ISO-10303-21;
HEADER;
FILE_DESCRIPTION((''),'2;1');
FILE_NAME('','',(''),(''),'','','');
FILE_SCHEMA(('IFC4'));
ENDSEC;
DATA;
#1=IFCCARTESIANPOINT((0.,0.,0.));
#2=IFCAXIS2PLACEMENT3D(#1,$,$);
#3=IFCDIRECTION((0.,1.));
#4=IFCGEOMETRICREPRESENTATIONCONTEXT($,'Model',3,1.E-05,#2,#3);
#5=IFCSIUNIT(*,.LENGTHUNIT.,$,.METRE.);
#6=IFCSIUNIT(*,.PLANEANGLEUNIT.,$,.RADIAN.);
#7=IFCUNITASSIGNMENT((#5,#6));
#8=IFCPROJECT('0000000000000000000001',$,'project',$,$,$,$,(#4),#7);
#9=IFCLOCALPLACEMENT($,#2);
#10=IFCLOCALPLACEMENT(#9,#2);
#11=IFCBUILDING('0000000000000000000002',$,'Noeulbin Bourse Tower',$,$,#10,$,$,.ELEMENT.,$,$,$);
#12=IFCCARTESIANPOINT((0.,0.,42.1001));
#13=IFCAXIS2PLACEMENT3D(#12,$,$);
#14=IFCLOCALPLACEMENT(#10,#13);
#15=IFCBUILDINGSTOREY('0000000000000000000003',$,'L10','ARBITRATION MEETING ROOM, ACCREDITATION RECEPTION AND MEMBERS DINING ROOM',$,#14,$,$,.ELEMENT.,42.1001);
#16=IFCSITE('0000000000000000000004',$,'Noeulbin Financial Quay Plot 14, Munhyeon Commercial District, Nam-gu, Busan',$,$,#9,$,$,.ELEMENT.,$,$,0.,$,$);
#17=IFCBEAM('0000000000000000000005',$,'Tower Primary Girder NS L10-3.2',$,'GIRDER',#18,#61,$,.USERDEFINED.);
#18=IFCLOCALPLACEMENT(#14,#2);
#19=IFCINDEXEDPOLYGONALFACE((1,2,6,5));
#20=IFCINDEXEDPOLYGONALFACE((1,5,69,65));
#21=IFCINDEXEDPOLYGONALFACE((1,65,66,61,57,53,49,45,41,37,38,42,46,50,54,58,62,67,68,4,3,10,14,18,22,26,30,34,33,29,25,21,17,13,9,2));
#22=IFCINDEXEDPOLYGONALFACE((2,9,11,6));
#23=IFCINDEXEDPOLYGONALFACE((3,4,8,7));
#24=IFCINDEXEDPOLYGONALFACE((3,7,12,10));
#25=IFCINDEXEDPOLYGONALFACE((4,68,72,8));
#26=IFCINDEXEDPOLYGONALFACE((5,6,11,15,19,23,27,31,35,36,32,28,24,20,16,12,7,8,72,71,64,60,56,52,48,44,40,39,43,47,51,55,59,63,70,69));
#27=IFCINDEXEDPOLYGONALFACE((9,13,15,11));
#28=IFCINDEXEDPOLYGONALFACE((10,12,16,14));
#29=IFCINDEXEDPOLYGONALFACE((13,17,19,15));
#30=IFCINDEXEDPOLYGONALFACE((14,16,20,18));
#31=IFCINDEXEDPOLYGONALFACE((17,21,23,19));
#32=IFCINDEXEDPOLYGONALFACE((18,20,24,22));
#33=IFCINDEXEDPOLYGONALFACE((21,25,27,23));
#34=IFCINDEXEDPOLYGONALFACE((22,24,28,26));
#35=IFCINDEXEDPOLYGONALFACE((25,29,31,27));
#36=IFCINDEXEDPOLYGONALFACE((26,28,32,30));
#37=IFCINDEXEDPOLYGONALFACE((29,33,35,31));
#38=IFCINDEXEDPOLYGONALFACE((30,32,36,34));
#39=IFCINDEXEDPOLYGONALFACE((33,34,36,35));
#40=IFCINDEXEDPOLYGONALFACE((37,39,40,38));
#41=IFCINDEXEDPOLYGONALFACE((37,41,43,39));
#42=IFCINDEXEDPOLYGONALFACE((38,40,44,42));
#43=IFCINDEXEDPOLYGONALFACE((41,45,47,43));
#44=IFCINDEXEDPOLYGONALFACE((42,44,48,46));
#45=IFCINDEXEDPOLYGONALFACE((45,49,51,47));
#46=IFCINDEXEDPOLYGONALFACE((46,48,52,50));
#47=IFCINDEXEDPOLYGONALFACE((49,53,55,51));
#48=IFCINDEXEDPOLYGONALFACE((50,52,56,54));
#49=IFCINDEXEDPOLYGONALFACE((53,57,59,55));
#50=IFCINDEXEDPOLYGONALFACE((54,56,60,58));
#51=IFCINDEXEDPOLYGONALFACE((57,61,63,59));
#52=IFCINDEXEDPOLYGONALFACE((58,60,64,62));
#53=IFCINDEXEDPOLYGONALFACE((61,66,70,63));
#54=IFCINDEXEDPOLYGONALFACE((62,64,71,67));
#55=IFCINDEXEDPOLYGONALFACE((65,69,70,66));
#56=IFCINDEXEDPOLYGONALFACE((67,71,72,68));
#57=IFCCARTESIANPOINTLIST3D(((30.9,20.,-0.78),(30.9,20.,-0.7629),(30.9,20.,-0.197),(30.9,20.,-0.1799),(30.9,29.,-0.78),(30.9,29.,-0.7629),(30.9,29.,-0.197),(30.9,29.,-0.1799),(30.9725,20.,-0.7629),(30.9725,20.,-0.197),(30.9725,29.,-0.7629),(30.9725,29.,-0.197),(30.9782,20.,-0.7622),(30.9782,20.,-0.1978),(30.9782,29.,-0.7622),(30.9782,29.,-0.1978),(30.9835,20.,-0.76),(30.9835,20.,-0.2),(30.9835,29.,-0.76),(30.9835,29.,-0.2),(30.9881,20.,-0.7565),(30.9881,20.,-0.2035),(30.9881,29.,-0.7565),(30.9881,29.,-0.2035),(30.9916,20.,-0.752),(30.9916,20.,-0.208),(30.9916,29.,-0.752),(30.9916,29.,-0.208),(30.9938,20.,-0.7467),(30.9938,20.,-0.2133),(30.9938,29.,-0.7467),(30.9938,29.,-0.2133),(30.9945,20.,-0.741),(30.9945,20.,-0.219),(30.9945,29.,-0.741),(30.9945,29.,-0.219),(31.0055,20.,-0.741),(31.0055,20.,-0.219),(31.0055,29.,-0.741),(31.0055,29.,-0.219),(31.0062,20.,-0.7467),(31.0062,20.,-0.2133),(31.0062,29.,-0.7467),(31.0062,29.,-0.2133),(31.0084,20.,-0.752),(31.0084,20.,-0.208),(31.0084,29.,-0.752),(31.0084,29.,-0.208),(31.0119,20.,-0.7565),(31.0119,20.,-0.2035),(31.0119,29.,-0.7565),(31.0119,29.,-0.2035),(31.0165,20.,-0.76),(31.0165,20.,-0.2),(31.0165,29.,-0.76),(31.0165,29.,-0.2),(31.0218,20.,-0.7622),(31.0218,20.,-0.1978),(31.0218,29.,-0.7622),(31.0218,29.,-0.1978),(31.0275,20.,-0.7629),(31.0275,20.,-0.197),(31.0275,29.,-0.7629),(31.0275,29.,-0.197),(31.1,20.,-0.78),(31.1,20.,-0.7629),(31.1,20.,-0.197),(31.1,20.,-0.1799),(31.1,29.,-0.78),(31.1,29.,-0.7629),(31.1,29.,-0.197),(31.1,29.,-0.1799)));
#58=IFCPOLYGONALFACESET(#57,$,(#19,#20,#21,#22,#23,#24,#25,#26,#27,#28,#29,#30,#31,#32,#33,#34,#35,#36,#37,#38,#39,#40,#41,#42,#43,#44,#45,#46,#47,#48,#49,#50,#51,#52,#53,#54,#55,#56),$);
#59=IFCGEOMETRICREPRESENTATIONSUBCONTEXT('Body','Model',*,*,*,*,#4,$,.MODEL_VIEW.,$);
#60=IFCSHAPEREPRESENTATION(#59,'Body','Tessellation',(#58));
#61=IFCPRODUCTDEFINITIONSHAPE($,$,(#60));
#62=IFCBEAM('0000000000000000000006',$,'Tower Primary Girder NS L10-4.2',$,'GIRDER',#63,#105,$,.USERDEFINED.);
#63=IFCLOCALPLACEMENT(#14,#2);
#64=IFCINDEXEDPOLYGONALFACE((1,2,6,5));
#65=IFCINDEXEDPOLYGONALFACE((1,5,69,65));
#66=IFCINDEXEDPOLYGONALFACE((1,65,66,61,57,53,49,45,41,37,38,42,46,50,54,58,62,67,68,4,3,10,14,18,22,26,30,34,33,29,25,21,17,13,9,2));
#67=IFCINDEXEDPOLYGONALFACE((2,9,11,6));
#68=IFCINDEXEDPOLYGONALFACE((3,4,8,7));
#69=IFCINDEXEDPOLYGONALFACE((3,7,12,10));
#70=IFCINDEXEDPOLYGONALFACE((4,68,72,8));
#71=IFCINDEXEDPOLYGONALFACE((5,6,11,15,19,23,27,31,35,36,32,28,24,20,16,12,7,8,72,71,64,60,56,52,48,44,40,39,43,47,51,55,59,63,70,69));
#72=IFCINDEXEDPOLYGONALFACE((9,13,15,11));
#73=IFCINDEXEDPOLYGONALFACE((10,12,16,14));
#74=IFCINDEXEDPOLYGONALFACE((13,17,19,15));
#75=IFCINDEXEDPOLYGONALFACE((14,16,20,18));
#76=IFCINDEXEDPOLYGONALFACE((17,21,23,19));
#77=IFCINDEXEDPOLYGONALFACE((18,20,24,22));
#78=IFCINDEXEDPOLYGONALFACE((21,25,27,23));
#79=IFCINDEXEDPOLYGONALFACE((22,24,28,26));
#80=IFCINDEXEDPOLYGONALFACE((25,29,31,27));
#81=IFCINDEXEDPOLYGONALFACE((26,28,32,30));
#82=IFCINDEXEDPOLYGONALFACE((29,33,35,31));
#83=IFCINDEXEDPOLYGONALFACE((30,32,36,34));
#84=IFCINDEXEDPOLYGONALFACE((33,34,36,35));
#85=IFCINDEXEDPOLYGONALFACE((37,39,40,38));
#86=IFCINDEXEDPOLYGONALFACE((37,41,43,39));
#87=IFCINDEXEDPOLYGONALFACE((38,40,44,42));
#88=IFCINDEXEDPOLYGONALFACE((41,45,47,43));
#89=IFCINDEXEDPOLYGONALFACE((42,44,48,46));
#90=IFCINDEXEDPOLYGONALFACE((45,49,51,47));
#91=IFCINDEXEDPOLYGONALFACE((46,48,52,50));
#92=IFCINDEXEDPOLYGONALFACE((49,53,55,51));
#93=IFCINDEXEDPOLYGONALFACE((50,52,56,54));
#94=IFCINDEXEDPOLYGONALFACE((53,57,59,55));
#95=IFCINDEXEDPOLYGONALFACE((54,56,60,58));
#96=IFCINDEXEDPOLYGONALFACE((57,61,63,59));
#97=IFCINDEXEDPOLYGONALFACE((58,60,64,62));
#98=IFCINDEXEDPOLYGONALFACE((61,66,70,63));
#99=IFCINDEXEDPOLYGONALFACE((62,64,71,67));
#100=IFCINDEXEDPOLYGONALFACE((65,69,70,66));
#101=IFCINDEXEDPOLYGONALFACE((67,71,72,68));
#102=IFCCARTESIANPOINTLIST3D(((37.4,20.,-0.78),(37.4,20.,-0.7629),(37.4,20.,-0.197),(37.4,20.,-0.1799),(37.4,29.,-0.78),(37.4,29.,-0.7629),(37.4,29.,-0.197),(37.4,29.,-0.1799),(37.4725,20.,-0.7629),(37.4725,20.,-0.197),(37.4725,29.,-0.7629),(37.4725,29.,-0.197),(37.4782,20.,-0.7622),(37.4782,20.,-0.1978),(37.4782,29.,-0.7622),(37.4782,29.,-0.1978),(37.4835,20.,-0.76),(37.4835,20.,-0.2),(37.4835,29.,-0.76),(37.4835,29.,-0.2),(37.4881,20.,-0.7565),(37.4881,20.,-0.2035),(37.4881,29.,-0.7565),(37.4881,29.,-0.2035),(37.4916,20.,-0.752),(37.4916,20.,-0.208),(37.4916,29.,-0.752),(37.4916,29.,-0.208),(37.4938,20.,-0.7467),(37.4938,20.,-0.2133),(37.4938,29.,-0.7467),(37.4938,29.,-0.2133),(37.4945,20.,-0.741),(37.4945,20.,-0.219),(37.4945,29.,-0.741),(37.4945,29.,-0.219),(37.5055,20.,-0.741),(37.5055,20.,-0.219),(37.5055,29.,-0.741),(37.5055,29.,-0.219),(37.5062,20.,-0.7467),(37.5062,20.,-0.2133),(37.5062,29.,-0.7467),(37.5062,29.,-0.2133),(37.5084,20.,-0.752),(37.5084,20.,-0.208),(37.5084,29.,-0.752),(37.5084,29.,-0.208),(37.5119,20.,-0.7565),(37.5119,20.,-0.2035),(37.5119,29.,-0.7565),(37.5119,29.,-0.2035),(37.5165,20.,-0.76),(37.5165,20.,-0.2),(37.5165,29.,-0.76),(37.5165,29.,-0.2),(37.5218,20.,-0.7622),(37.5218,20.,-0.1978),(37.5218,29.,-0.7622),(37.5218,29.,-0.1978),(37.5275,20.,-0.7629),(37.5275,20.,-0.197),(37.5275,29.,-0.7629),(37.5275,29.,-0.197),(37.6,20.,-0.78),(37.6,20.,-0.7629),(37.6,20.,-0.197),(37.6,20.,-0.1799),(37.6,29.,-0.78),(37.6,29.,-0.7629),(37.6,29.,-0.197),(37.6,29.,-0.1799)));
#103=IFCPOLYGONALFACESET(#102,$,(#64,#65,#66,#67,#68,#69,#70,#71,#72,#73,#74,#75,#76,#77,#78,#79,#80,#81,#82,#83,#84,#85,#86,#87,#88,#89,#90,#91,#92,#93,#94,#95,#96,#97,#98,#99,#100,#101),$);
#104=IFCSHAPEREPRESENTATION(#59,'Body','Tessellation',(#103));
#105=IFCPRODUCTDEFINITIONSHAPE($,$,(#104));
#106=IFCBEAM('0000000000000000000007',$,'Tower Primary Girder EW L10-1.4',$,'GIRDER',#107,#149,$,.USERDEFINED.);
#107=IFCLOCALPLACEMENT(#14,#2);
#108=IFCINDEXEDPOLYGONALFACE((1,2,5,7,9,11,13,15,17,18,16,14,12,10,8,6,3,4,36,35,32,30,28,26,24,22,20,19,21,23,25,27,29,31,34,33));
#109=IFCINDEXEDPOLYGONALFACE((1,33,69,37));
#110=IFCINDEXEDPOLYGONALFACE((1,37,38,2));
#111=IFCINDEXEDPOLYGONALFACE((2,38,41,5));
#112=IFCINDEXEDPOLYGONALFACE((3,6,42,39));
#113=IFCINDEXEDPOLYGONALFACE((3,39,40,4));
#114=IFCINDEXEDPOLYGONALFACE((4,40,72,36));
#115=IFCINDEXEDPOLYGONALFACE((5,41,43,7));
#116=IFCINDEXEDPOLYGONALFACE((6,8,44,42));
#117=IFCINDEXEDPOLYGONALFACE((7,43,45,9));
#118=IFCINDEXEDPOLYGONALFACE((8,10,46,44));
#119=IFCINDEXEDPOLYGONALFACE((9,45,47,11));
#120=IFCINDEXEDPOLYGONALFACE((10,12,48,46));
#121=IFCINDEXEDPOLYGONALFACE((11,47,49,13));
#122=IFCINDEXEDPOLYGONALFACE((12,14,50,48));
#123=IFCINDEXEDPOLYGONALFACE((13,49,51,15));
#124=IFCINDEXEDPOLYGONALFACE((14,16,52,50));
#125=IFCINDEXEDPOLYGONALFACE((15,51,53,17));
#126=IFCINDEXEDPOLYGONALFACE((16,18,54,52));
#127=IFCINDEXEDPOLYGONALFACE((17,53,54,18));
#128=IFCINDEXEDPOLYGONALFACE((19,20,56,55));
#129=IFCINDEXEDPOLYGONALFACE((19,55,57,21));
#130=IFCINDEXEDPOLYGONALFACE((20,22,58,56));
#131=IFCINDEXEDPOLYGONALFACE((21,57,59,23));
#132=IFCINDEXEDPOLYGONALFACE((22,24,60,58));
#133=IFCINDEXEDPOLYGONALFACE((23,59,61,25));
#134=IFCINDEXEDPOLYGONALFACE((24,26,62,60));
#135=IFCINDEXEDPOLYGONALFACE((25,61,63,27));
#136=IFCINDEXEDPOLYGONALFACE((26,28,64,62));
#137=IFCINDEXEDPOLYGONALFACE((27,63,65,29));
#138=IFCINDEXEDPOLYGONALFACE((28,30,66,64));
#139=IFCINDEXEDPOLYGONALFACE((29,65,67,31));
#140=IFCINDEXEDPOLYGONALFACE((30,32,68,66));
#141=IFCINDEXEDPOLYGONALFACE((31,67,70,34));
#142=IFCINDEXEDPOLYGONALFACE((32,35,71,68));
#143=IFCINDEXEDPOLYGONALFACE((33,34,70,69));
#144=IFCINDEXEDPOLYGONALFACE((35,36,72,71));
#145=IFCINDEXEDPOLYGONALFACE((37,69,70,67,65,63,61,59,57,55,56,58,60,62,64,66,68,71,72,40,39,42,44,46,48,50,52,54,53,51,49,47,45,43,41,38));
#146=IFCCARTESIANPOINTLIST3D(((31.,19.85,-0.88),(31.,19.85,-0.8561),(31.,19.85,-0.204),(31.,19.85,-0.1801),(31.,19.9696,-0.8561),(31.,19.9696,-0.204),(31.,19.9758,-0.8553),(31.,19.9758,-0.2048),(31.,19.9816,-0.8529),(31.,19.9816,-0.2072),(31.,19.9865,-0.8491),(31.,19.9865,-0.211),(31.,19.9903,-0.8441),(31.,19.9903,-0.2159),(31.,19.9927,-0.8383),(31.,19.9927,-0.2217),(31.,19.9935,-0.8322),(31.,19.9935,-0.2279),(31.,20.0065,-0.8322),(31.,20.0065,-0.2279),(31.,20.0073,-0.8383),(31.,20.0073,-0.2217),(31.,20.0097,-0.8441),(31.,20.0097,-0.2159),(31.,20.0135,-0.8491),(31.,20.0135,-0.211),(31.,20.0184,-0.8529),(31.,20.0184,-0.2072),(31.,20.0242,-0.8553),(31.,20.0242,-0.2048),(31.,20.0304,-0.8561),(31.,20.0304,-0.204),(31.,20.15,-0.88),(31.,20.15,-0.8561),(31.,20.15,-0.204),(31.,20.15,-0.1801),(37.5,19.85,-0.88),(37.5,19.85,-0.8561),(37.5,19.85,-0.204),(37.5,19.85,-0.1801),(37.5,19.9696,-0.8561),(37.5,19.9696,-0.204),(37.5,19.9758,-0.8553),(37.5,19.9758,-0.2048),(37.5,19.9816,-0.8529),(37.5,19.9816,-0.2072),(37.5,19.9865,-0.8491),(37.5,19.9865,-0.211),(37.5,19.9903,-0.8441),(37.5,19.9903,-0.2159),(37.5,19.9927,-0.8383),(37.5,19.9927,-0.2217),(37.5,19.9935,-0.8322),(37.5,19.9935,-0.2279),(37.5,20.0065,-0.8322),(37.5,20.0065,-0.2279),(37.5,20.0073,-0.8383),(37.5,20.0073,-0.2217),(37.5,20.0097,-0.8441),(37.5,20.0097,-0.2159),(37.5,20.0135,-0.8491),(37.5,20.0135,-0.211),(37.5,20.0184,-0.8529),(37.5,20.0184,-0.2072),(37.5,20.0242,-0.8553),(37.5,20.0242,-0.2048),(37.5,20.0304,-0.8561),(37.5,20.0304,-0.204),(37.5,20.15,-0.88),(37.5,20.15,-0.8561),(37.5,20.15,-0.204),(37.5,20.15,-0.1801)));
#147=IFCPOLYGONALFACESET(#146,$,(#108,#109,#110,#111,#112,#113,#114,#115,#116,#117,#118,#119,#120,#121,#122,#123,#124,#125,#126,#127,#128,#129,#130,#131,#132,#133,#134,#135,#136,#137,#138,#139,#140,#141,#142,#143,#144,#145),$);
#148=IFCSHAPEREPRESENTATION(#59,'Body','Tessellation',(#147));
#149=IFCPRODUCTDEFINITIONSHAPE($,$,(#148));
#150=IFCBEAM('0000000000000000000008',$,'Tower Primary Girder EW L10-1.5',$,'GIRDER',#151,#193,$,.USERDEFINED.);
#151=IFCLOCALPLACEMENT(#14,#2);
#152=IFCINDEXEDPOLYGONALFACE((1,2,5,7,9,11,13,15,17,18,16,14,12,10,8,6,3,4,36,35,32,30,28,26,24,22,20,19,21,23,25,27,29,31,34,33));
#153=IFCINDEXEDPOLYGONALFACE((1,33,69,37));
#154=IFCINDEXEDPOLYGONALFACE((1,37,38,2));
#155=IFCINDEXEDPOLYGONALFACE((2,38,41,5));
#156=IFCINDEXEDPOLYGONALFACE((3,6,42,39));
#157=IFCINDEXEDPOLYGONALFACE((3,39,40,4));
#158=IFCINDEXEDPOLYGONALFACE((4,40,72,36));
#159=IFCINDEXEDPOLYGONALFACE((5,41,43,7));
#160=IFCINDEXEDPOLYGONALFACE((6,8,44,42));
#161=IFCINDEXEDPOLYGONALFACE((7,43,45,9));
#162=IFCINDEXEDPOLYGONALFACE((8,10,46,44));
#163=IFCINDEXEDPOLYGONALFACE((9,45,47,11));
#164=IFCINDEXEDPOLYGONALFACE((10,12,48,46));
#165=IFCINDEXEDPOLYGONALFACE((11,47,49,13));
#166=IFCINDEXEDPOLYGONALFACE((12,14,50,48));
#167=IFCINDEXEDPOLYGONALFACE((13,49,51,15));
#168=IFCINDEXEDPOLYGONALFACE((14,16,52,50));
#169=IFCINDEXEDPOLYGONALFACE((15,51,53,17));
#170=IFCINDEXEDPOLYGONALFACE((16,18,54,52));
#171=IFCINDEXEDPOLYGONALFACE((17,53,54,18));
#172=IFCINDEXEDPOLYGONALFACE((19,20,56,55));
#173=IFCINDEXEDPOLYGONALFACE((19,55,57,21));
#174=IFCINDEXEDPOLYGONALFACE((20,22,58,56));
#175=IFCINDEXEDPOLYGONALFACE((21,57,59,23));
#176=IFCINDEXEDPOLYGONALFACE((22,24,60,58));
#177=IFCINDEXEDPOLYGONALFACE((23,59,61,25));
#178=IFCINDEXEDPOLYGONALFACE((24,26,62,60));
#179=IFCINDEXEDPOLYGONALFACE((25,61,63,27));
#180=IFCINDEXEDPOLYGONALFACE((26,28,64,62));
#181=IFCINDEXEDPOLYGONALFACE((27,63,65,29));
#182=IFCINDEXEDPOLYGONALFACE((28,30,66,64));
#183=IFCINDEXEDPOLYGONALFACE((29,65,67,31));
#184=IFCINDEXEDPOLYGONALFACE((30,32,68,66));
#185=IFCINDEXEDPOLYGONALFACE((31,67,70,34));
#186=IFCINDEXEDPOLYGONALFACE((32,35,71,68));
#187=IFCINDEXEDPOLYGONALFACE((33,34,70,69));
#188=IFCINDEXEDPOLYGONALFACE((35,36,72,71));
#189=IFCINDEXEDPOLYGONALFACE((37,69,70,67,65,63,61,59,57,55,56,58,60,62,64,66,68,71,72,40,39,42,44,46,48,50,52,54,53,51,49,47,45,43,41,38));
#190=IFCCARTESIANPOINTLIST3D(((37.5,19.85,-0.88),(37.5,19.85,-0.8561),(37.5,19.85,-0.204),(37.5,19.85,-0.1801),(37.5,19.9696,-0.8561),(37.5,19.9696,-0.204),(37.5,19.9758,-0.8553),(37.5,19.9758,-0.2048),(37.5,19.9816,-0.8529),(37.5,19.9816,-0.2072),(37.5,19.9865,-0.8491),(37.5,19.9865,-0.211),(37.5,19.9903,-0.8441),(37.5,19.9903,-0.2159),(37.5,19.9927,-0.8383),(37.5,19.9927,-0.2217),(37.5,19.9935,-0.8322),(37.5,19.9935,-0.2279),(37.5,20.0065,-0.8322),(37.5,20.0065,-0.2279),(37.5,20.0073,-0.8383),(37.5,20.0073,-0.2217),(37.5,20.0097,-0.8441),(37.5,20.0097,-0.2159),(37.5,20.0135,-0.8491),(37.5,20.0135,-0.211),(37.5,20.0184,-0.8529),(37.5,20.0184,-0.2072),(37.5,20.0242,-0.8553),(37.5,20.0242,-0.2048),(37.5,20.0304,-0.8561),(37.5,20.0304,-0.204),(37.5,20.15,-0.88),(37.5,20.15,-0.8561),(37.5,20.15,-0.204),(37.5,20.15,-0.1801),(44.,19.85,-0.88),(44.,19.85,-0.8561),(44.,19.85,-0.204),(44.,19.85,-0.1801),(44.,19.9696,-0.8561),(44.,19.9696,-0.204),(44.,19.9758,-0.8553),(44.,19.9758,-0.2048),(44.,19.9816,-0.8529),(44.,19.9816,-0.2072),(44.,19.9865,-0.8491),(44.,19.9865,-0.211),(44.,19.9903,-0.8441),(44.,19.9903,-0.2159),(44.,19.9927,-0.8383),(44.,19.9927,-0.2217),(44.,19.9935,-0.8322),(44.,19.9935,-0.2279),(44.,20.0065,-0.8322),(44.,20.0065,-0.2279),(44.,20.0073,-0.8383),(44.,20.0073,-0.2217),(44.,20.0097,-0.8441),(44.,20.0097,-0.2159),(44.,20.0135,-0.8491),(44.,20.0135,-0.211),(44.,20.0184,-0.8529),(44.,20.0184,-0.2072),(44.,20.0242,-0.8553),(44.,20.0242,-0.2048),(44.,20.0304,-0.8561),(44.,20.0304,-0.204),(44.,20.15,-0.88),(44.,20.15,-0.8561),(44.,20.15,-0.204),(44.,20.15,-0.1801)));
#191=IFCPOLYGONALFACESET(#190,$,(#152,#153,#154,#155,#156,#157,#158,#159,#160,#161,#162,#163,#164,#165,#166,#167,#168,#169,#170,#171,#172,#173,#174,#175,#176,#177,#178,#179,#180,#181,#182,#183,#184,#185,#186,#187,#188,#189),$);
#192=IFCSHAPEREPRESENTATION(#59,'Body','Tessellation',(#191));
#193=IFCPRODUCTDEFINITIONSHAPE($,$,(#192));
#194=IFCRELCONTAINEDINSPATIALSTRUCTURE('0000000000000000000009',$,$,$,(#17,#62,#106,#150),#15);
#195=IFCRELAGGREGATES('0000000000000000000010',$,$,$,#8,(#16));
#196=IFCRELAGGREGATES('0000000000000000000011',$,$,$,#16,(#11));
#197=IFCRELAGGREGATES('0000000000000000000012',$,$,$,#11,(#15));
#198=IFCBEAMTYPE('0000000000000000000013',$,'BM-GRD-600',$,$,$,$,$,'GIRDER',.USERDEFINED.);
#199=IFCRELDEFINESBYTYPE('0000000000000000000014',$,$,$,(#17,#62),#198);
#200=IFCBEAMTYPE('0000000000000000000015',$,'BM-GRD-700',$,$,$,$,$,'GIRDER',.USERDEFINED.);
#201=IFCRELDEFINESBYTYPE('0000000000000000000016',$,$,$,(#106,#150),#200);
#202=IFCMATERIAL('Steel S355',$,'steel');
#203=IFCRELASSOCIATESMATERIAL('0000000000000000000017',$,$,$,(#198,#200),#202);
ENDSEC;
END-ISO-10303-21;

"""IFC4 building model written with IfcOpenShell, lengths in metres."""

from ifc_helpers import new_model, si_unit, direction, frame, origin, origin_2d, place, context, subcontext, project, spatial, i_section, extrude, material, material_profile, profile_set, type_object, element, save


model = new_model("IFC4")

# Units and contexts
model_context = context("Model", 3, precision=1e-05, world=origin(), true_north=direction((0.0, 1.0)))
body_context = subcontext(model_context, "Body", "Model", "MODEL_VIEW")
ifc_project = project(units=[si_unit("LENGTHUNIT", "METRE"), si_unit("PLANEANGLEUNIT", "RADIAN")], contexts=[model_context])

# Site, building, storey
site_placement = place(None, origin())
site = spatial("IfcSite", under=ifc_project, at=site_placement, Name="Noeulbin Financial Quay Plot 14, Munhyeon Commercial District, Nam-gu, Busan", CompositionType="ELEMENT", RefElevation=0.0)
building_placement = place(site_placement, origin())
building = spatial("IfcBuilding", under=site, at=building_placement, Name="Noeulbin Bourse Tower", CompositionType="ELEMENT")
storey_placement = place(building_placement, frame((0.0, 0.0, 42.1001)))
storey = spatial("IfcBuildingStorey", under=building, at=storey_placement, Name="L10", Description="ARBITRATION MEETING ROOM, ACCREDITATION RECEPTION AND MEMBERS DINING ROOM", CompositionType="ELEMENT", Elevation=42.1001)

# Beams
ifc_material_1 = material(Name="Steel S355", Category="steel")
ifc_material_profile_1 = material_profile(ifc_material_1, i_section(OverallWidth=0.2, OverallDepth=0.6001, WebThickness=0.011, FlangeThickness=0.0171, FilletRadius=0.022, at=origin_2d()), Name="H-600x200x11x17", Category="LoadBearing")
ifc_profile_set_1 = profile_set([ifc_material_profile_1], Name="Steel S355")
beam_type_1 = type_object("IfcBeamType", Name="BM-GRD-600", ElementType="GIRDER", PredefinedType="USERDEFINED", material=ifc_profile_set_1)
for number, where, z_axis, x_axis, name in (
    (1, (31.0, 20.0, -0.48), (0.0, 1.0, 0.0), (-1.0, 0.0, 0.0), "Tower Primary Girder NS L10-3.2"),
    (2, (37.5, 20.0, -0.48), (0.0, 1.0, 0.0), (-1.0, 0.0, 0.0), "Tower Primary Girder NS L10-4.2"),
):
    element("IfcBeam", number, at=place(storey_placement, frame(where, z_axis=z_axis, x_axis=x_axis)), inside=storey, type_object=beam_type_1, Name=name, ObjectType="GIRDER", PredefinedType="USERDEFINED", context=body_context, shape_type="SweptSolid", body=[
        extrude(i_section(OverallWidth=0.2, OverallDepth=0.6001, WebThickness=0.011, FlangeThickness=0.0171, FilletRadius=0.022, at=origin_2d()), origin(), (0.0, 0.0, 1.0), 9.0),
    ])
ifc_material_profile_2 = material_profile(ifc_material_1, i_section(OverallWidth=0.3, OverallDepth=0.7, WebThickness=0.0129, FlangeThickness=0.0239, FilletRadius=0.0239, at=origin_2d()), Name="H-700x300x13x24", Category="LoadBearing")
ifc_profile_set_2 = profile_set([ifc_material_profile_2], Name="Steel S355")
beam_type_2 = type_object("IfcBeamType", Name="BM-GRD-700", ElementType="GIRDER", PredefinedType="USERDEFINED", material=ifc_profile_set_2)
for number, where, z_axis, x_axis, name in (
    (3, (31.0, 20.0, -0.53), (1.0, 0.0, 0.0), (0.0, 1.0, 0.0), "Tower Primary Girder EW L10-1.4"),
    (4, (37.5, 20.0, -0.53), (1.0, 0.0, 0.0), (0.0, 1.0, 0.0), "Tower Primary Girder EW L10-1.5"),
):
    element("IfcBeam", number, at=place(storey_placement, frame(where, z_axis=z_axis, x_axis=x_axis)), inside=storey, type_object=beam_type_2, Name=name, ObjectType="GIRDER", PredefinedType="USERDEFINED", context=body_context, shape_type="SweptSolid", body=[
        extrude(i_section(OverallWidth=0.3, OverallDepth=0.7, WebThickness=0.0129, FlangeThickness=0.0239, FilletRadius=0.0239, at=origin_2d()), origin(), (0.0, 0.0, 1.0), 6.5),
    ])

save(model, "model.ifc")
